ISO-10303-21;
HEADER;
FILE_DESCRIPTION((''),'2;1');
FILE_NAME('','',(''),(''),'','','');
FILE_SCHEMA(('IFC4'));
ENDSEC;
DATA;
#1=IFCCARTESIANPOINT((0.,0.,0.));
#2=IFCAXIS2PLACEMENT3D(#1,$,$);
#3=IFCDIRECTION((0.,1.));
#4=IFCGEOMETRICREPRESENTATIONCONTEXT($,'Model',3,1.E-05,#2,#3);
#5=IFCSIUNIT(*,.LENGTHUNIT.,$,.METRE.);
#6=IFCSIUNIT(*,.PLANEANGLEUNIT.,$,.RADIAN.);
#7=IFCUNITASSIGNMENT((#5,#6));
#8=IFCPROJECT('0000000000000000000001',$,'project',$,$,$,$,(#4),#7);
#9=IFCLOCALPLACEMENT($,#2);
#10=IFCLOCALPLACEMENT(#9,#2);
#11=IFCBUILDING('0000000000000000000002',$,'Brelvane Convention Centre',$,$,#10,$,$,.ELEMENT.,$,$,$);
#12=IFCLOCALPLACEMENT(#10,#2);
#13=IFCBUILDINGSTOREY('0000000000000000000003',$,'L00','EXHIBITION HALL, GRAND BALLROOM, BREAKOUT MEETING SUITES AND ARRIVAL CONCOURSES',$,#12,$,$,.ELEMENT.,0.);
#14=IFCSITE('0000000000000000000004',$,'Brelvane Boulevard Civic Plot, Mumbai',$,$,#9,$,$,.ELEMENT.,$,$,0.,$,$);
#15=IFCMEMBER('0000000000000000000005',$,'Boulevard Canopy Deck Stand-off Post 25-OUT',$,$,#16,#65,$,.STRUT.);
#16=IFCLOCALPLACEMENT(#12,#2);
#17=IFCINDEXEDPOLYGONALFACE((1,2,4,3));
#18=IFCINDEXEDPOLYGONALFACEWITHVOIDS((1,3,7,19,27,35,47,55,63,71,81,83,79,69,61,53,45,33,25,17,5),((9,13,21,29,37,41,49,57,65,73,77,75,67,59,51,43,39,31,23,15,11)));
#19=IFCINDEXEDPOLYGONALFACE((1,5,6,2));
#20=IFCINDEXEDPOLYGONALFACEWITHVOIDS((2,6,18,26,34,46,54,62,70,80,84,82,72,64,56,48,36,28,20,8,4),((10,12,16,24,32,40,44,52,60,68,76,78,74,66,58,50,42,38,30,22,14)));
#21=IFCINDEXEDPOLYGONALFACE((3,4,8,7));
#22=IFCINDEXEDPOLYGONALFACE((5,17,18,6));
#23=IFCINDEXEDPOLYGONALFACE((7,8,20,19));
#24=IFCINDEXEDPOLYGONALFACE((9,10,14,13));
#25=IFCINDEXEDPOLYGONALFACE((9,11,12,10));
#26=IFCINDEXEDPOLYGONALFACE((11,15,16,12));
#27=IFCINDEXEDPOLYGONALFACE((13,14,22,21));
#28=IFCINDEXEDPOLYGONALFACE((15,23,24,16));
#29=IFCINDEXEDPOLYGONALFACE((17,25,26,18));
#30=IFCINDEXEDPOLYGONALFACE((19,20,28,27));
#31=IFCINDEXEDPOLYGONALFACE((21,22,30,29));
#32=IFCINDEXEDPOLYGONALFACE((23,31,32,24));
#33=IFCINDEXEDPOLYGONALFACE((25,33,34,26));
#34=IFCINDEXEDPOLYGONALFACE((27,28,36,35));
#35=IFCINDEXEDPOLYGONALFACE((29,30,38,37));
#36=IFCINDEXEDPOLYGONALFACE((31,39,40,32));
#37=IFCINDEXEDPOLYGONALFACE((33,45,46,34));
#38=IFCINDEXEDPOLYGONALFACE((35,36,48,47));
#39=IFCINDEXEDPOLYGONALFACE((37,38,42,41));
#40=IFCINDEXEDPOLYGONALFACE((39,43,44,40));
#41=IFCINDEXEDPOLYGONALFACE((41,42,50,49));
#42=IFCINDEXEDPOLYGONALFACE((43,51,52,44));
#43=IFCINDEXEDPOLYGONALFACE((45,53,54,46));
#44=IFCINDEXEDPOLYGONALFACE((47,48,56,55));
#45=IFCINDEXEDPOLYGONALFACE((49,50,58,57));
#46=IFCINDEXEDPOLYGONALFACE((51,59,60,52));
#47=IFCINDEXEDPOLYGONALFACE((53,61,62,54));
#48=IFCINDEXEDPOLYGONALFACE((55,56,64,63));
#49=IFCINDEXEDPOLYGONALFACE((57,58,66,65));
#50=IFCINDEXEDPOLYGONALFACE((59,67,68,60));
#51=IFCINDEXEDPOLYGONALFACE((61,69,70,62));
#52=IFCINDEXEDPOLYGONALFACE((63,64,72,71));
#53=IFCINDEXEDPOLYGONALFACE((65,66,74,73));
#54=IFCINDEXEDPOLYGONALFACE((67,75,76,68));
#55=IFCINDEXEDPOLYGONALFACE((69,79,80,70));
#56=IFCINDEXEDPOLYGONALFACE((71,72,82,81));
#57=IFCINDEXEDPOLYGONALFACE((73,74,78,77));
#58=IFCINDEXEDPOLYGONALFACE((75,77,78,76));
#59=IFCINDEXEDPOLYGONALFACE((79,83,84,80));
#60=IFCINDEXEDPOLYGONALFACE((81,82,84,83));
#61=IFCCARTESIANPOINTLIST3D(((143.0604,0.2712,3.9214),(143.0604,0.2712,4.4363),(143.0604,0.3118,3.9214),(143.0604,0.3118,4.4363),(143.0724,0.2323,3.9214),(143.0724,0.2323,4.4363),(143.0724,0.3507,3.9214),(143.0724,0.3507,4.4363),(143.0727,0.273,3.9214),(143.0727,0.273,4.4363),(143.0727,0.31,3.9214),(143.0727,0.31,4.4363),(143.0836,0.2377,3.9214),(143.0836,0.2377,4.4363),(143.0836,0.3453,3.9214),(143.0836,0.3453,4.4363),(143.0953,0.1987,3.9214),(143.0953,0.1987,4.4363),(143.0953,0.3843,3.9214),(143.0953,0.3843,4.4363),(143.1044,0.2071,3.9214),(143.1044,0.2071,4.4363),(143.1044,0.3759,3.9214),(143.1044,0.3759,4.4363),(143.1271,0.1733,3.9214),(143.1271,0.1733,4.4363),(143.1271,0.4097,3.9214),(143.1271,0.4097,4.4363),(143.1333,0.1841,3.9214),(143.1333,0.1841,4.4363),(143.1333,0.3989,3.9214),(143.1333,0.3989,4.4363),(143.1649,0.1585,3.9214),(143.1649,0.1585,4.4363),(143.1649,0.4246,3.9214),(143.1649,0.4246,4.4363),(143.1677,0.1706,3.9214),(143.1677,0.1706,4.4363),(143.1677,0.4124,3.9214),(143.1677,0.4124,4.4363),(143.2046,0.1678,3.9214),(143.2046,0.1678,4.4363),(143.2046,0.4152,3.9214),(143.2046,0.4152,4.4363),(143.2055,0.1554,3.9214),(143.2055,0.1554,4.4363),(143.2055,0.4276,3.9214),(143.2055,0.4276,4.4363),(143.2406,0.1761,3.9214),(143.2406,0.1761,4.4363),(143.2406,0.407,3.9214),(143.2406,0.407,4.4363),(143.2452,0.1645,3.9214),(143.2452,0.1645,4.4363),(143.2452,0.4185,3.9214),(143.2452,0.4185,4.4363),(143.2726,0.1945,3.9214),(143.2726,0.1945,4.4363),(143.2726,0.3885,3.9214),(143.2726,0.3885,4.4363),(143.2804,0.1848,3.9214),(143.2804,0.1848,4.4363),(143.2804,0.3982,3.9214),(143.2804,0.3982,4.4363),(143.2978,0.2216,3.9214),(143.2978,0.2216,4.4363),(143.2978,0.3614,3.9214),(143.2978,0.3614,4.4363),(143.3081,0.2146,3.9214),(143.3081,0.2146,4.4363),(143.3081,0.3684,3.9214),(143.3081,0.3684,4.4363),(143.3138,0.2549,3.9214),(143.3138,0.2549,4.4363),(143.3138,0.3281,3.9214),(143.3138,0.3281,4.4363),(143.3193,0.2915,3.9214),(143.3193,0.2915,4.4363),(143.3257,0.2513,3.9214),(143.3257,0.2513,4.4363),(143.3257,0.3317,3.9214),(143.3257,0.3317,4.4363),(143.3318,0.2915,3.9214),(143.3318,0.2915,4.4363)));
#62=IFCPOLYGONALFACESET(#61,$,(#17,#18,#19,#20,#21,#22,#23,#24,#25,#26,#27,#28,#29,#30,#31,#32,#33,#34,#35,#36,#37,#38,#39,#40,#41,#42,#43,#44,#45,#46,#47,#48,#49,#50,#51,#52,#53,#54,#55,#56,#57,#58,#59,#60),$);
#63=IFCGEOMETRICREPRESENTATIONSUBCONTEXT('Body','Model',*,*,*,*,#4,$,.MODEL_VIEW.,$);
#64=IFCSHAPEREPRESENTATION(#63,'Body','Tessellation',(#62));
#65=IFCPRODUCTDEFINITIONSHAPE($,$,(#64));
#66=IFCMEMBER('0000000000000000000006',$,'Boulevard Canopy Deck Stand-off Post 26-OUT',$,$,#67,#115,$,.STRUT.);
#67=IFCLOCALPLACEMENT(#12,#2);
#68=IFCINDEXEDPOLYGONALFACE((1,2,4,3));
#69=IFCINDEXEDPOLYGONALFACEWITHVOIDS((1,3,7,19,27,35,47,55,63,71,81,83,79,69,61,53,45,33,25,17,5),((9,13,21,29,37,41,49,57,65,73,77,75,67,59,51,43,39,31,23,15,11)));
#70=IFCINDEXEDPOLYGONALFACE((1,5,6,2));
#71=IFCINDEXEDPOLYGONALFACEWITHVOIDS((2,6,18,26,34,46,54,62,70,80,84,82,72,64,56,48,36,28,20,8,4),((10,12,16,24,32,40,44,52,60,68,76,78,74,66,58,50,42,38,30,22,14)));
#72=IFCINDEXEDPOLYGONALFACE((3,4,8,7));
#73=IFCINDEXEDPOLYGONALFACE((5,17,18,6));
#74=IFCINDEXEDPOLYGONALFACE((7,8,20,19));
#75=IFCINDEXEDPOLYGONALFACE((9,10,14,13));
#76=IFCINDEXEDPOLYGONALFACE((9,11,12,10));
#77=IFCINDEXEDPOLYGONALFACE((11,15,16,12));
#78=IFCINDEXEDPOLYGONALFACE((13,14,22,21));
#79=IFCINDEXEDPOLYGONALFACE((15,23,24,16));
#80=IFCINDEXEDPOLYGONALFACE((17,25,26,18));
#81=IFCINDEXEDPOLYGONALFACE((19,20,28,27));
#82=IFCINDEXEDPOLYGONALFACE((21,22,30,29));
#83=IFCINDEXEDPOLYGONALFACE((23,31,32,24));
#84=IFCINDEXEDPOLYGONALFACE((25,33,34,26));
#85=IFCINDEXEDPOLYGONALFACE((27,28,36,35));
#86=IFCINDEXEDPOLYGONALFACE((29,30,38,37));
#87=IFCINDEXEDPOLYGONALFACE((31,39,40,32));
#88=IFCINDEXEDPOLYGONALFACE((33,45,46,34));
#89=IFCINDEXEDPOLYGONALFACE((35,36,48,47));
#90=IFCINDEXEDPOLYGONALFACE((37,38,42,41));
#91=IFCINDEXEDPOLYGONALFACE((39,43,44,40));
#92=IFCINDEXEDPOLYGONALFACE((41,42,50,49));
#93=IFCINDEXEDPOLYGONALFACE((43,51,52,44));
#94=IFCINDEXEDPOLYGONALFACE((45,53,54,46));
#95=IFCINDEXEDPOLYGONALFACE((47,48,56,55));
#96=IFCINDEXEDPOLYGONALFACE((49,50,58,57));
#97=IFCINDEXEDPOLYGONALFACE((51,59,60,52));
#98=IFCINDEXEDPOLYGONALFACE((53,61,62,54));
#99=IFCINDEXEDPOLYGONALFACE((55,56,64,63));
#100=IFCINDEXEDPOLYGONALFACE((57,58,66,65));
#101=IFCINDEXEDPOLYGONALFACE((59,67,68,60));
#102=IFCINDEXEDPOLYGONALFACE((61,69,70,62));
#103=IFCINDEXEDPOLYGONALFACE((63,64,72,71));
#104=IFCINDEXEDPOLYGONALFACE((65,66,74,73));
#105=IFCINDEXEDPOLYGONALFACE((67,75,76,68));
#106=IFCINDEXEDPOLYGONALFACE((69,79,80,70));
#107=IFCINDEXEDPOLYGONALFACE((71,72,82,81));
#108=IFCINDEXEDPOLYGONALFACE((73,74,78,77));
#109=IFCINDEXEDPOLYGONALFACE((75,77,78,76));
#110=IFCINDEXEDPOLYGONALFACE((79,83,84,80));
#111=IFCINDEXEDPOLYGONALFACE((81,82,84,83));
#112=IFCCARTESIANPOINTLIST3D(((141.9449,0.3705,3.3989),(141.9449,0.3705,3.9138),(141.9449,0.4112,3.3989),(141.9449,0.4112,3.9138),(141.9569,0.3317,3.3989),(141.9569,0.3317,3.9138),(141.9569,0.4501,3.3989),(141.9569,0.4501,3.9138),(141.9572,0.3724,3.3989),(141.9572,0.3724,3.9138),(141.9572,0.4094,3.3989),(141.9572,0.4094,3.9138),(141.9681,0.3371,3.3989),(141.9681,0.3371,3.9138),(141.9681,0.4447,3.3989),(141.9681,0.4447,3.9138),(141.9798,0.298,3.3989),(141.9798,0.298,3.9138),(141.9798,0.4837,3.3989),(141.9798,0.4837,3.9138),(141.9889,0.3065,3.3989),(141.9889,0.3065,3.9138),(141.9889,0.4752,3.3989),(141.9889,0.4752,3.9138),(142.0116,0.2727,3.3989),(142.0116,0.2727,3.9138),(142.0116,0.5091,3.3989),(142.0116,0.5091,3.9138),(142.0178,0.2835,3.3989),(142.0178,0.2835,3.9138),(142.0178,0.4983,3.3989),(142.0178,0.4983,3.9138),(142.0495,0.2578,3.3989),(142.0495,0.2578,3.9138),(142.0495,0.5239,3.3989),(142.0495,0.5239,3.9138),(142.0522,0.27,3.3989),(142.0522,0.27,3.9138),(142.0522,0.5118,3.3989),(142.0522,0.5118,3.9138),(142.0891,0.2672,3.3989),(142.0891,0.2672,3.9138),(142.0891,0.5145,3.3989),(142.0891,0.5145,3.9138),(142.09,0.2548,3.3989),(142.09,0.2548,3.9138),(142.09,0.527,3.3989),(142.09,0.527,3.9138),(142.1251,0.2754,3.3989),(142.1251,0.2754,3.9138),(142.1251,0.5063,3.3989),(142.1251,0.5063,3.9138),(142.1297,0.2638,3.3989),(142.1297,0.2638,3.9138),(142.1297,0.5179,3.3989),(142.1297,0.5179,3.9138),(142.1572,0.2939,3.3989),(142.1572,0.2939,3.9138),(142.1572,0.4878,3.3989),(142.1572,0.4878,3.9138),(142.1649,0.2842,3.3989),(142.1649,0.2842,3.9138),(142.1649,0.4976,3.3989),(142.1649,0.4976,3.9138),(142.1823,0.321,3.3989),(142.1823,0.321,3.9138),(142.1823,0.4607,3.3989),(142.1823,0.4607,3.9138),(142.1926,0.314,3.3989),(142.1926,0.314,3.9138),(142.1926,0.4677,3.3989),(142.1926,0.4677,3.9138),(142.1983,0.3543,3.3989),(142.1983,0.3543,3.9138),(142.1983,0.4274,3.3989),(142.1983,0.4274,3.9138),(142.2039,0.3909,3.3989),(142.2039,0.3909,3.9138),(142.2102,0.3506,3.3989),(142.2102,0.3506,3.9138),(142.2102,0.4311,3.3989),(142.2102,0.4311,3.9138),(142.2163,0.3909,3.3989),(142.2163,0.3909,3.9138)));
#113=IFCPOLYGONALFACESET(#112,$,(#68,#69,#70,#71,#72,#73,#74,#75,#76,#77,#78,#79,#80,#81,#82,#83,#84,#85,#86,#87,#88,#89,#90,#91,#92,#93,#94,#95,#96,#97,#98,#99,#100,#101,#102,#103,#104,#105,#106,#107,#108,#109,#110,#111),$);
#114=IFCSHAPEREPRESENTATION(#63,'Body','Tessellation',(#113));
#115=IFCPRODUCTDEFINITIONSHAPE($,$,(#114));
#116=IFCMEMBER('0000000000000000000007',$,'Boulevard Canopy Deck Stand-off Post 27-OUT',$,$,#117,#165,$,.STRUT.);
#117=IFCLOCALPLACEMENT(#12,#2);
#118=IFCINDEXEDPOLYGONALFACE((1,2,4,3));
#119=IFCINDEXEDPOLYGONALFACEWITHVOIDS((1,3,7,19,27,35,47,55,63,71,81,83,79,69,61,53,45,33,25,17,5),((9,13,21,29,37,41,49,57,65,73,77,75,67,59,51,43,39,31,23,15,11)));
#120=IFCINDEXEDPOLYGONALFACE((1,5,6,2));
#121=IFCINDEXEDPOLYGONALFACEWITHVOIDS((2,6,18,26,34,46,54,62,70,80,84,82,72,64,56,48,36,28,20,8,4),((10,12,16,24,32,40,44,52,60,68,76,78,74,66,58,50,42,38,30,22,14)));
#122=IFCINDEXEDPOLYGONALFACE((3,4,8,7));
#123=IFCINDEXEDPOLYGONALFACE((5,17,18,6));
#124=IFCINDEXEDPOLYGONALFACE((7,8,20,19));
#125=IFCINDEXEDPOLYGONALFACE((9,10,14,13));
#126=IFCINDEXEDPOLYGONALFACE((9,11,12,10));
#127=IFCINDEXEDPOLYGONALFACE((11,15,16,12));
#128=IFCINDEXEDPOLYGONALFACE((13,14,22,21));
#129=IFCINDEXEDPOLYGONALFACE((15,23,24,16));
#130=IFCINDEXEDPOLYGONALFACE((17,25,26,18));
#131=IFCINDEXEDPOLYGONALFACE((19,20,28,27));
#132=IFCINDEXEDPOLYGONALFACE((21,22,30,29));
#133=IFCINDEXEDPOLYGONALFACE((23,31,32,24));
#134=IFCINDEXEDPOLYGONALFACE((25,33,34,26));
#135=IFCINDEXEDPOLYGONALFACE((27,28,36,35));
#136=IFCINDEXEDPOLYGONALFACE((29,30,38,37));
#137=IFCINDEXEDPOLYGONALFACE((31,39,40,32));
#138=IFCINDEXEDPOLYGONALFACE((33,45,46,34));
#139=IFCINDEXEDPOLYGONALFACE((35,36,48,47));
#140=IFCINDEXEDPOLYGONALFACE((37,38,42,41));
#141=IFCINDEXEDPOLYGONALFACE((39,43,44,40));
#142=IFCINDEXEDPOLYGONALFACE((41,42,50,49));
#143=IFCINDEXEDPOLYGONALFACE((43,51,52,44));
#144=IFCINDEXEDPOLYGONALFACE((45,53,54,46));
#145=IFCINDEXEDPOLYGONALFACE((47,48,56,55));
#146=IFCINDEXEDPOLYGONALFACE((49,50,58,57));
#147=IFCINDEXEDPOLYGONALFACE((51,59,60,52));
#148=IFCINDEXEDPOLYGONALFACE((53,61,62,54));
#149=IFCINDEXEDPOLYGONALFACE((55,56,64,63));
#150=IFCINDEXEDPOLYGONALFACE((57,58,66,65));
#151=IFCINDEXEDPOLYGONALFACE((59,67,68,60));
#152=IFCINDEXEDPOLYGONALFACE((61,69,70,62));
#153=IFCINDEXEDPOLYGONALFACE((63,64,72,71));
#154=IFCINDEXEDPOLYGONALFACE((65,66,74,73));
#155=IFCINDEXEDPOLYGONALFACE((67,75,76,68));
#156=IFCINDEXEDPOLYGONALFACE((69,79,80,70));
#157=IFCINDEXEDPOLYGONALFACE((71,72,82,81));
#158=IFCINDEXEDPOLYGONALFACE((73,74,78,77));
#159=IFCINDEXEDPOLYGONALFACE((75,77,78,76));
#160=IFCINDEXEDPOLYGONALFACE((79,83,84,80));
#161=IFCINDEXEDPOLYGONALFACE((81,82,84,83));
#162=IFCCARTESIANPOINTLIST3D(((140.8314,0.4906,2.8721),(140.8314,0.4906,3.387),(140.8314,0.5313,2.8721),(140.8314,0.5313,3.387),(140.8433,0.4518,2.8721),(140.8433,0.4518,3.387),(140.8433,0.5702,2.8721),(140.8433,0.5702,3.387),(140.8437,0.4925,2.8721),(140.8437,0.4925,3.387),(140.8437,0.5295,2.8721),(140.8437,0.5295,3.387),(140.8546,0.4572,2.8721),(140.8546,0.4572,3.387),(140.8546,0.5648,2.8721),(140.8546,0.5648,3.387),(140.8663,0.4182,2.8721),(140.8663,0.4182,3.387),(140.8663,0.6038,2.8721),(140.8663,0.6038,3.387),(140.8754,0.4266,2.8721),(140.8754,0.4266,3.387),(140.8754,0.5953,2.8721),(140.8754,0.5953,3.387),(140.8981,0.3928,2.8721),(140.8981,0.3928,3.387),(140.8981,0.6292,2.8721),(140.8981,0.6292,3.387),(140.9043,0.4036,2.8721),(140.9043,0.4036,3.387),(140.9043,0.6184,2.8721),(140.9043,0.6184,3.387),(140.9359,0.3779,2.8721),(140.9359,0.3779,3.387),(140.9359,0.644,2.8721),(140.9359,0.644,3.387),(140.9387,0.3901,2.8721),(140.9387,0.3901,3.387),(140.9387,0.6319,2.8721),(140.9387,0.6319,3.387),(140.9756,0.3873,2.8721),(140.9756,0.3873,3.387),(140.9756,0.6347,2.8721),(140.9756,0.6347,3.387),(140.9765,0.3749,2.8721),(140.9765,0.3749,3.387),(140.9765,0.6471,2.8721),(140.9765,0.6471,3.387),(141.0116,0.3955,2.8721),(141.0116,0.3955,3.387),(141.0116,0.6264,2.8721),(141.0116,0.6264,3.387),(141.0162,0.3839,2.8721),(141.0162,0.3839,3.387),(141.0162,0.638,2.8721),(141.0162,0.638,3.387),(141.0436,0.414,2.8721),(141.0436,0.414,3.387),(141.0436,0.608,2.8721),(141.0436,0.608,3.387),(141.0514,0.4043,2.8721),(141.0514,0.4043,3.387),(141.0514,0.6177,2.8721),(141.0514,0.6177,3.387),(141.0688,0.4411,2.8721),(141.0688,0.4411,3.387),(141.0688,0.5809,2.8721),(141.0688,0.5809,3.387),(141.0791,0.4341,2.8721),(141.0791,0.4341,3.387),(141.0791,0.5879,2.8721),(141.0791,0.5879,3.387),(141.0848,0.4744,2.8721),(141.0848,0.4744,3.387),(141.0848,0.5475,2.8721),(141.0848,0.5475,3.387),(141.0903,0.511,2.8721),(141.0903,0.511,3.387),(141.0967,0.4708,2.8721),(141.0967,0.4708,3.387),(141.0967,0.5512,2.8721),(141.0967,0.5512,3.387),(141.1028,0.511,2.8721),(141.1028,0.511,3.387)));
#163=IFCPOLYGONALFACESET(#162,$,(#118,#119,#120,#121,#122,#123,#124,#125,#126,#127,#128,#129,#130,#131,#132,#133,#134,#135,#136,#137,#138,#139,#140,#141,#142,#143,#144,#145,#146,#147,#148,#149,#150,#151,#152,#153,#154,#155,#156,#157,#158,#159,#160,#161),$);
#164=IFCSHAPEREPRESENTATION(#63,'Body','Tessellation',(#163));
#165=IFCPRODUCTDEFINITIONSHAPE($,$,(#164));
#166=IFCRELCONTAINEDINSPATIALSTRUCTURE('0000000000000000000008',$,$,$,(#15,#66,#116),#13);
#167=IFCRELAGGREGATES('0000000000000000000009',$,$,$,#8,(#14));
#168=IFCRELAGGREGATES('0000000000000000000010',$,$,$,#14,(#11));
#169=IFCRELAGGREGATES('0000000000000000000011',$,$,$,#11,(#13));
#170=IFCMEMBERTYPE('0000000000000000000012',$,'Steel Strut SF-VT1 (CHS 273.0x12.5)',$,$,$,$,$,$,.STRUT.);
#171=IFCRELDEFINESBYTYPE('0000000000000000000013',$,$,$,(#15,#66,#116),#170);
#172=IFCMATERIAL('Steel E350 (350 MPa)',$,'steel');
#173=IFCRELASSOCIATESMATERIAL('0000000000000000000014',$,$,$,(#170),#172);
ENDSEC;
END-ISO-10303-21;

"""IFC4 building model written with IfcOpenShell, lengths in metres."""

from ifc_helpers import new_model, si_unit, direction, frame, origin, origin_2d, place, context, subcontext, project, spatial, hollow_circle, extrude, material, material_profile, profile_set, type_object, element, save


model = new_model("IFC4")

# Units and contexts
model_context = context("Model", 3, precision=1e-05, world=origin(), true_north=direction((0.0, 1.0)))
body_context = subcontext(model_context, "Body", "Model", "MODEL_VIEW")
ifc_project = project(units=[si_unit("LENGTHUNIT", "METRE"), si_unit("PLANEANGLEUNIT", "RADIAN")], contexts=[model_context])

# Site, building, storey
site_placement = place(None, origin())
site = spatial("IfcSite", under=ifc_project, at=site_placement, Name="Brelvane Boulevard Civic Plot, Mumbai", CompositionType="ELEMENT", RefElevation=0.0)
building_placement = place(site_placement, origin())
building = spatial("IfcBuilding", under=site, at=building_placement, Name="Brelvane Convention Centre", CompositionType="ELEMENT")
storey_placement = place(building_placement, origin())
storey = spatial("IfcBuildingStorey", under=building, at=storey_placement, Name="L00", Description="EXHIBITION HALL, GRAND BALLROOM, BREAKOUT MEETING SUITES AND ARRIVAL CONCOURSES", CompositionType="ELEMENT", Elevation=0.0)

# Members
ifc_material_1 = material(Name="Steel E350 (350 MPa)", Category="steel")
ifc_material_profile_1 = material_profile(ifc_material_1, hollow_circle(Radius=0.1365, WallThickness=0.0125, at=origin_2d()), Name="CHS 273.0x12.5")
ifc_profile_set_1 = profile_set([ifc_material_profile_1], Name="Steel E350 (350 MPa)")
member_type_1 = type_object("IfcMemberType", Name="Steel Strut SF-VT1 (CHS 273.0x12.5)", PredefinedType="STRUT", material=ifc_profile_set_1)
for number, where, z_axis, x_axis, name in (
    (1, (143.1953, 0.2915, 3.9214), (0.0, 0.0, 1.0), (1.0, 0.0, 0.0), "Boulevard Canopy Deck Stand-off Post 25-OUT"),
    (2, (142.0798, 0.3909, 3.3989), (0.0, 0.0, 1.0), (1.0, 0.0, 0.0), "Boulevard Canopy Deck Stand-off Post 26-OUT"),
    (3, (140.9663, 0.511, 2.8721), (0.0, 0.0, 1.0), (1.0, 0.0, 0.0), "Boulevard Canopy Deck Stand-off Post 27-OUT"),
):
    element("IfcMember", number, at=place(storey_placement, frame(where, z_axis=z_axis, x_axis=x_axis)), inside=storey, type_object=member_type_1, Name=name, PredefinedType="STRUT", context=body_context, shape_type="SweptSolid", body=[
        extrude(hollow_circle(Radius=0.1365, WallThickness=0.0125, at=origin_2d()), origin(), (0.0, 0.0, 1.0), 0.5149),
    ])

save(model, "model.ifc")
